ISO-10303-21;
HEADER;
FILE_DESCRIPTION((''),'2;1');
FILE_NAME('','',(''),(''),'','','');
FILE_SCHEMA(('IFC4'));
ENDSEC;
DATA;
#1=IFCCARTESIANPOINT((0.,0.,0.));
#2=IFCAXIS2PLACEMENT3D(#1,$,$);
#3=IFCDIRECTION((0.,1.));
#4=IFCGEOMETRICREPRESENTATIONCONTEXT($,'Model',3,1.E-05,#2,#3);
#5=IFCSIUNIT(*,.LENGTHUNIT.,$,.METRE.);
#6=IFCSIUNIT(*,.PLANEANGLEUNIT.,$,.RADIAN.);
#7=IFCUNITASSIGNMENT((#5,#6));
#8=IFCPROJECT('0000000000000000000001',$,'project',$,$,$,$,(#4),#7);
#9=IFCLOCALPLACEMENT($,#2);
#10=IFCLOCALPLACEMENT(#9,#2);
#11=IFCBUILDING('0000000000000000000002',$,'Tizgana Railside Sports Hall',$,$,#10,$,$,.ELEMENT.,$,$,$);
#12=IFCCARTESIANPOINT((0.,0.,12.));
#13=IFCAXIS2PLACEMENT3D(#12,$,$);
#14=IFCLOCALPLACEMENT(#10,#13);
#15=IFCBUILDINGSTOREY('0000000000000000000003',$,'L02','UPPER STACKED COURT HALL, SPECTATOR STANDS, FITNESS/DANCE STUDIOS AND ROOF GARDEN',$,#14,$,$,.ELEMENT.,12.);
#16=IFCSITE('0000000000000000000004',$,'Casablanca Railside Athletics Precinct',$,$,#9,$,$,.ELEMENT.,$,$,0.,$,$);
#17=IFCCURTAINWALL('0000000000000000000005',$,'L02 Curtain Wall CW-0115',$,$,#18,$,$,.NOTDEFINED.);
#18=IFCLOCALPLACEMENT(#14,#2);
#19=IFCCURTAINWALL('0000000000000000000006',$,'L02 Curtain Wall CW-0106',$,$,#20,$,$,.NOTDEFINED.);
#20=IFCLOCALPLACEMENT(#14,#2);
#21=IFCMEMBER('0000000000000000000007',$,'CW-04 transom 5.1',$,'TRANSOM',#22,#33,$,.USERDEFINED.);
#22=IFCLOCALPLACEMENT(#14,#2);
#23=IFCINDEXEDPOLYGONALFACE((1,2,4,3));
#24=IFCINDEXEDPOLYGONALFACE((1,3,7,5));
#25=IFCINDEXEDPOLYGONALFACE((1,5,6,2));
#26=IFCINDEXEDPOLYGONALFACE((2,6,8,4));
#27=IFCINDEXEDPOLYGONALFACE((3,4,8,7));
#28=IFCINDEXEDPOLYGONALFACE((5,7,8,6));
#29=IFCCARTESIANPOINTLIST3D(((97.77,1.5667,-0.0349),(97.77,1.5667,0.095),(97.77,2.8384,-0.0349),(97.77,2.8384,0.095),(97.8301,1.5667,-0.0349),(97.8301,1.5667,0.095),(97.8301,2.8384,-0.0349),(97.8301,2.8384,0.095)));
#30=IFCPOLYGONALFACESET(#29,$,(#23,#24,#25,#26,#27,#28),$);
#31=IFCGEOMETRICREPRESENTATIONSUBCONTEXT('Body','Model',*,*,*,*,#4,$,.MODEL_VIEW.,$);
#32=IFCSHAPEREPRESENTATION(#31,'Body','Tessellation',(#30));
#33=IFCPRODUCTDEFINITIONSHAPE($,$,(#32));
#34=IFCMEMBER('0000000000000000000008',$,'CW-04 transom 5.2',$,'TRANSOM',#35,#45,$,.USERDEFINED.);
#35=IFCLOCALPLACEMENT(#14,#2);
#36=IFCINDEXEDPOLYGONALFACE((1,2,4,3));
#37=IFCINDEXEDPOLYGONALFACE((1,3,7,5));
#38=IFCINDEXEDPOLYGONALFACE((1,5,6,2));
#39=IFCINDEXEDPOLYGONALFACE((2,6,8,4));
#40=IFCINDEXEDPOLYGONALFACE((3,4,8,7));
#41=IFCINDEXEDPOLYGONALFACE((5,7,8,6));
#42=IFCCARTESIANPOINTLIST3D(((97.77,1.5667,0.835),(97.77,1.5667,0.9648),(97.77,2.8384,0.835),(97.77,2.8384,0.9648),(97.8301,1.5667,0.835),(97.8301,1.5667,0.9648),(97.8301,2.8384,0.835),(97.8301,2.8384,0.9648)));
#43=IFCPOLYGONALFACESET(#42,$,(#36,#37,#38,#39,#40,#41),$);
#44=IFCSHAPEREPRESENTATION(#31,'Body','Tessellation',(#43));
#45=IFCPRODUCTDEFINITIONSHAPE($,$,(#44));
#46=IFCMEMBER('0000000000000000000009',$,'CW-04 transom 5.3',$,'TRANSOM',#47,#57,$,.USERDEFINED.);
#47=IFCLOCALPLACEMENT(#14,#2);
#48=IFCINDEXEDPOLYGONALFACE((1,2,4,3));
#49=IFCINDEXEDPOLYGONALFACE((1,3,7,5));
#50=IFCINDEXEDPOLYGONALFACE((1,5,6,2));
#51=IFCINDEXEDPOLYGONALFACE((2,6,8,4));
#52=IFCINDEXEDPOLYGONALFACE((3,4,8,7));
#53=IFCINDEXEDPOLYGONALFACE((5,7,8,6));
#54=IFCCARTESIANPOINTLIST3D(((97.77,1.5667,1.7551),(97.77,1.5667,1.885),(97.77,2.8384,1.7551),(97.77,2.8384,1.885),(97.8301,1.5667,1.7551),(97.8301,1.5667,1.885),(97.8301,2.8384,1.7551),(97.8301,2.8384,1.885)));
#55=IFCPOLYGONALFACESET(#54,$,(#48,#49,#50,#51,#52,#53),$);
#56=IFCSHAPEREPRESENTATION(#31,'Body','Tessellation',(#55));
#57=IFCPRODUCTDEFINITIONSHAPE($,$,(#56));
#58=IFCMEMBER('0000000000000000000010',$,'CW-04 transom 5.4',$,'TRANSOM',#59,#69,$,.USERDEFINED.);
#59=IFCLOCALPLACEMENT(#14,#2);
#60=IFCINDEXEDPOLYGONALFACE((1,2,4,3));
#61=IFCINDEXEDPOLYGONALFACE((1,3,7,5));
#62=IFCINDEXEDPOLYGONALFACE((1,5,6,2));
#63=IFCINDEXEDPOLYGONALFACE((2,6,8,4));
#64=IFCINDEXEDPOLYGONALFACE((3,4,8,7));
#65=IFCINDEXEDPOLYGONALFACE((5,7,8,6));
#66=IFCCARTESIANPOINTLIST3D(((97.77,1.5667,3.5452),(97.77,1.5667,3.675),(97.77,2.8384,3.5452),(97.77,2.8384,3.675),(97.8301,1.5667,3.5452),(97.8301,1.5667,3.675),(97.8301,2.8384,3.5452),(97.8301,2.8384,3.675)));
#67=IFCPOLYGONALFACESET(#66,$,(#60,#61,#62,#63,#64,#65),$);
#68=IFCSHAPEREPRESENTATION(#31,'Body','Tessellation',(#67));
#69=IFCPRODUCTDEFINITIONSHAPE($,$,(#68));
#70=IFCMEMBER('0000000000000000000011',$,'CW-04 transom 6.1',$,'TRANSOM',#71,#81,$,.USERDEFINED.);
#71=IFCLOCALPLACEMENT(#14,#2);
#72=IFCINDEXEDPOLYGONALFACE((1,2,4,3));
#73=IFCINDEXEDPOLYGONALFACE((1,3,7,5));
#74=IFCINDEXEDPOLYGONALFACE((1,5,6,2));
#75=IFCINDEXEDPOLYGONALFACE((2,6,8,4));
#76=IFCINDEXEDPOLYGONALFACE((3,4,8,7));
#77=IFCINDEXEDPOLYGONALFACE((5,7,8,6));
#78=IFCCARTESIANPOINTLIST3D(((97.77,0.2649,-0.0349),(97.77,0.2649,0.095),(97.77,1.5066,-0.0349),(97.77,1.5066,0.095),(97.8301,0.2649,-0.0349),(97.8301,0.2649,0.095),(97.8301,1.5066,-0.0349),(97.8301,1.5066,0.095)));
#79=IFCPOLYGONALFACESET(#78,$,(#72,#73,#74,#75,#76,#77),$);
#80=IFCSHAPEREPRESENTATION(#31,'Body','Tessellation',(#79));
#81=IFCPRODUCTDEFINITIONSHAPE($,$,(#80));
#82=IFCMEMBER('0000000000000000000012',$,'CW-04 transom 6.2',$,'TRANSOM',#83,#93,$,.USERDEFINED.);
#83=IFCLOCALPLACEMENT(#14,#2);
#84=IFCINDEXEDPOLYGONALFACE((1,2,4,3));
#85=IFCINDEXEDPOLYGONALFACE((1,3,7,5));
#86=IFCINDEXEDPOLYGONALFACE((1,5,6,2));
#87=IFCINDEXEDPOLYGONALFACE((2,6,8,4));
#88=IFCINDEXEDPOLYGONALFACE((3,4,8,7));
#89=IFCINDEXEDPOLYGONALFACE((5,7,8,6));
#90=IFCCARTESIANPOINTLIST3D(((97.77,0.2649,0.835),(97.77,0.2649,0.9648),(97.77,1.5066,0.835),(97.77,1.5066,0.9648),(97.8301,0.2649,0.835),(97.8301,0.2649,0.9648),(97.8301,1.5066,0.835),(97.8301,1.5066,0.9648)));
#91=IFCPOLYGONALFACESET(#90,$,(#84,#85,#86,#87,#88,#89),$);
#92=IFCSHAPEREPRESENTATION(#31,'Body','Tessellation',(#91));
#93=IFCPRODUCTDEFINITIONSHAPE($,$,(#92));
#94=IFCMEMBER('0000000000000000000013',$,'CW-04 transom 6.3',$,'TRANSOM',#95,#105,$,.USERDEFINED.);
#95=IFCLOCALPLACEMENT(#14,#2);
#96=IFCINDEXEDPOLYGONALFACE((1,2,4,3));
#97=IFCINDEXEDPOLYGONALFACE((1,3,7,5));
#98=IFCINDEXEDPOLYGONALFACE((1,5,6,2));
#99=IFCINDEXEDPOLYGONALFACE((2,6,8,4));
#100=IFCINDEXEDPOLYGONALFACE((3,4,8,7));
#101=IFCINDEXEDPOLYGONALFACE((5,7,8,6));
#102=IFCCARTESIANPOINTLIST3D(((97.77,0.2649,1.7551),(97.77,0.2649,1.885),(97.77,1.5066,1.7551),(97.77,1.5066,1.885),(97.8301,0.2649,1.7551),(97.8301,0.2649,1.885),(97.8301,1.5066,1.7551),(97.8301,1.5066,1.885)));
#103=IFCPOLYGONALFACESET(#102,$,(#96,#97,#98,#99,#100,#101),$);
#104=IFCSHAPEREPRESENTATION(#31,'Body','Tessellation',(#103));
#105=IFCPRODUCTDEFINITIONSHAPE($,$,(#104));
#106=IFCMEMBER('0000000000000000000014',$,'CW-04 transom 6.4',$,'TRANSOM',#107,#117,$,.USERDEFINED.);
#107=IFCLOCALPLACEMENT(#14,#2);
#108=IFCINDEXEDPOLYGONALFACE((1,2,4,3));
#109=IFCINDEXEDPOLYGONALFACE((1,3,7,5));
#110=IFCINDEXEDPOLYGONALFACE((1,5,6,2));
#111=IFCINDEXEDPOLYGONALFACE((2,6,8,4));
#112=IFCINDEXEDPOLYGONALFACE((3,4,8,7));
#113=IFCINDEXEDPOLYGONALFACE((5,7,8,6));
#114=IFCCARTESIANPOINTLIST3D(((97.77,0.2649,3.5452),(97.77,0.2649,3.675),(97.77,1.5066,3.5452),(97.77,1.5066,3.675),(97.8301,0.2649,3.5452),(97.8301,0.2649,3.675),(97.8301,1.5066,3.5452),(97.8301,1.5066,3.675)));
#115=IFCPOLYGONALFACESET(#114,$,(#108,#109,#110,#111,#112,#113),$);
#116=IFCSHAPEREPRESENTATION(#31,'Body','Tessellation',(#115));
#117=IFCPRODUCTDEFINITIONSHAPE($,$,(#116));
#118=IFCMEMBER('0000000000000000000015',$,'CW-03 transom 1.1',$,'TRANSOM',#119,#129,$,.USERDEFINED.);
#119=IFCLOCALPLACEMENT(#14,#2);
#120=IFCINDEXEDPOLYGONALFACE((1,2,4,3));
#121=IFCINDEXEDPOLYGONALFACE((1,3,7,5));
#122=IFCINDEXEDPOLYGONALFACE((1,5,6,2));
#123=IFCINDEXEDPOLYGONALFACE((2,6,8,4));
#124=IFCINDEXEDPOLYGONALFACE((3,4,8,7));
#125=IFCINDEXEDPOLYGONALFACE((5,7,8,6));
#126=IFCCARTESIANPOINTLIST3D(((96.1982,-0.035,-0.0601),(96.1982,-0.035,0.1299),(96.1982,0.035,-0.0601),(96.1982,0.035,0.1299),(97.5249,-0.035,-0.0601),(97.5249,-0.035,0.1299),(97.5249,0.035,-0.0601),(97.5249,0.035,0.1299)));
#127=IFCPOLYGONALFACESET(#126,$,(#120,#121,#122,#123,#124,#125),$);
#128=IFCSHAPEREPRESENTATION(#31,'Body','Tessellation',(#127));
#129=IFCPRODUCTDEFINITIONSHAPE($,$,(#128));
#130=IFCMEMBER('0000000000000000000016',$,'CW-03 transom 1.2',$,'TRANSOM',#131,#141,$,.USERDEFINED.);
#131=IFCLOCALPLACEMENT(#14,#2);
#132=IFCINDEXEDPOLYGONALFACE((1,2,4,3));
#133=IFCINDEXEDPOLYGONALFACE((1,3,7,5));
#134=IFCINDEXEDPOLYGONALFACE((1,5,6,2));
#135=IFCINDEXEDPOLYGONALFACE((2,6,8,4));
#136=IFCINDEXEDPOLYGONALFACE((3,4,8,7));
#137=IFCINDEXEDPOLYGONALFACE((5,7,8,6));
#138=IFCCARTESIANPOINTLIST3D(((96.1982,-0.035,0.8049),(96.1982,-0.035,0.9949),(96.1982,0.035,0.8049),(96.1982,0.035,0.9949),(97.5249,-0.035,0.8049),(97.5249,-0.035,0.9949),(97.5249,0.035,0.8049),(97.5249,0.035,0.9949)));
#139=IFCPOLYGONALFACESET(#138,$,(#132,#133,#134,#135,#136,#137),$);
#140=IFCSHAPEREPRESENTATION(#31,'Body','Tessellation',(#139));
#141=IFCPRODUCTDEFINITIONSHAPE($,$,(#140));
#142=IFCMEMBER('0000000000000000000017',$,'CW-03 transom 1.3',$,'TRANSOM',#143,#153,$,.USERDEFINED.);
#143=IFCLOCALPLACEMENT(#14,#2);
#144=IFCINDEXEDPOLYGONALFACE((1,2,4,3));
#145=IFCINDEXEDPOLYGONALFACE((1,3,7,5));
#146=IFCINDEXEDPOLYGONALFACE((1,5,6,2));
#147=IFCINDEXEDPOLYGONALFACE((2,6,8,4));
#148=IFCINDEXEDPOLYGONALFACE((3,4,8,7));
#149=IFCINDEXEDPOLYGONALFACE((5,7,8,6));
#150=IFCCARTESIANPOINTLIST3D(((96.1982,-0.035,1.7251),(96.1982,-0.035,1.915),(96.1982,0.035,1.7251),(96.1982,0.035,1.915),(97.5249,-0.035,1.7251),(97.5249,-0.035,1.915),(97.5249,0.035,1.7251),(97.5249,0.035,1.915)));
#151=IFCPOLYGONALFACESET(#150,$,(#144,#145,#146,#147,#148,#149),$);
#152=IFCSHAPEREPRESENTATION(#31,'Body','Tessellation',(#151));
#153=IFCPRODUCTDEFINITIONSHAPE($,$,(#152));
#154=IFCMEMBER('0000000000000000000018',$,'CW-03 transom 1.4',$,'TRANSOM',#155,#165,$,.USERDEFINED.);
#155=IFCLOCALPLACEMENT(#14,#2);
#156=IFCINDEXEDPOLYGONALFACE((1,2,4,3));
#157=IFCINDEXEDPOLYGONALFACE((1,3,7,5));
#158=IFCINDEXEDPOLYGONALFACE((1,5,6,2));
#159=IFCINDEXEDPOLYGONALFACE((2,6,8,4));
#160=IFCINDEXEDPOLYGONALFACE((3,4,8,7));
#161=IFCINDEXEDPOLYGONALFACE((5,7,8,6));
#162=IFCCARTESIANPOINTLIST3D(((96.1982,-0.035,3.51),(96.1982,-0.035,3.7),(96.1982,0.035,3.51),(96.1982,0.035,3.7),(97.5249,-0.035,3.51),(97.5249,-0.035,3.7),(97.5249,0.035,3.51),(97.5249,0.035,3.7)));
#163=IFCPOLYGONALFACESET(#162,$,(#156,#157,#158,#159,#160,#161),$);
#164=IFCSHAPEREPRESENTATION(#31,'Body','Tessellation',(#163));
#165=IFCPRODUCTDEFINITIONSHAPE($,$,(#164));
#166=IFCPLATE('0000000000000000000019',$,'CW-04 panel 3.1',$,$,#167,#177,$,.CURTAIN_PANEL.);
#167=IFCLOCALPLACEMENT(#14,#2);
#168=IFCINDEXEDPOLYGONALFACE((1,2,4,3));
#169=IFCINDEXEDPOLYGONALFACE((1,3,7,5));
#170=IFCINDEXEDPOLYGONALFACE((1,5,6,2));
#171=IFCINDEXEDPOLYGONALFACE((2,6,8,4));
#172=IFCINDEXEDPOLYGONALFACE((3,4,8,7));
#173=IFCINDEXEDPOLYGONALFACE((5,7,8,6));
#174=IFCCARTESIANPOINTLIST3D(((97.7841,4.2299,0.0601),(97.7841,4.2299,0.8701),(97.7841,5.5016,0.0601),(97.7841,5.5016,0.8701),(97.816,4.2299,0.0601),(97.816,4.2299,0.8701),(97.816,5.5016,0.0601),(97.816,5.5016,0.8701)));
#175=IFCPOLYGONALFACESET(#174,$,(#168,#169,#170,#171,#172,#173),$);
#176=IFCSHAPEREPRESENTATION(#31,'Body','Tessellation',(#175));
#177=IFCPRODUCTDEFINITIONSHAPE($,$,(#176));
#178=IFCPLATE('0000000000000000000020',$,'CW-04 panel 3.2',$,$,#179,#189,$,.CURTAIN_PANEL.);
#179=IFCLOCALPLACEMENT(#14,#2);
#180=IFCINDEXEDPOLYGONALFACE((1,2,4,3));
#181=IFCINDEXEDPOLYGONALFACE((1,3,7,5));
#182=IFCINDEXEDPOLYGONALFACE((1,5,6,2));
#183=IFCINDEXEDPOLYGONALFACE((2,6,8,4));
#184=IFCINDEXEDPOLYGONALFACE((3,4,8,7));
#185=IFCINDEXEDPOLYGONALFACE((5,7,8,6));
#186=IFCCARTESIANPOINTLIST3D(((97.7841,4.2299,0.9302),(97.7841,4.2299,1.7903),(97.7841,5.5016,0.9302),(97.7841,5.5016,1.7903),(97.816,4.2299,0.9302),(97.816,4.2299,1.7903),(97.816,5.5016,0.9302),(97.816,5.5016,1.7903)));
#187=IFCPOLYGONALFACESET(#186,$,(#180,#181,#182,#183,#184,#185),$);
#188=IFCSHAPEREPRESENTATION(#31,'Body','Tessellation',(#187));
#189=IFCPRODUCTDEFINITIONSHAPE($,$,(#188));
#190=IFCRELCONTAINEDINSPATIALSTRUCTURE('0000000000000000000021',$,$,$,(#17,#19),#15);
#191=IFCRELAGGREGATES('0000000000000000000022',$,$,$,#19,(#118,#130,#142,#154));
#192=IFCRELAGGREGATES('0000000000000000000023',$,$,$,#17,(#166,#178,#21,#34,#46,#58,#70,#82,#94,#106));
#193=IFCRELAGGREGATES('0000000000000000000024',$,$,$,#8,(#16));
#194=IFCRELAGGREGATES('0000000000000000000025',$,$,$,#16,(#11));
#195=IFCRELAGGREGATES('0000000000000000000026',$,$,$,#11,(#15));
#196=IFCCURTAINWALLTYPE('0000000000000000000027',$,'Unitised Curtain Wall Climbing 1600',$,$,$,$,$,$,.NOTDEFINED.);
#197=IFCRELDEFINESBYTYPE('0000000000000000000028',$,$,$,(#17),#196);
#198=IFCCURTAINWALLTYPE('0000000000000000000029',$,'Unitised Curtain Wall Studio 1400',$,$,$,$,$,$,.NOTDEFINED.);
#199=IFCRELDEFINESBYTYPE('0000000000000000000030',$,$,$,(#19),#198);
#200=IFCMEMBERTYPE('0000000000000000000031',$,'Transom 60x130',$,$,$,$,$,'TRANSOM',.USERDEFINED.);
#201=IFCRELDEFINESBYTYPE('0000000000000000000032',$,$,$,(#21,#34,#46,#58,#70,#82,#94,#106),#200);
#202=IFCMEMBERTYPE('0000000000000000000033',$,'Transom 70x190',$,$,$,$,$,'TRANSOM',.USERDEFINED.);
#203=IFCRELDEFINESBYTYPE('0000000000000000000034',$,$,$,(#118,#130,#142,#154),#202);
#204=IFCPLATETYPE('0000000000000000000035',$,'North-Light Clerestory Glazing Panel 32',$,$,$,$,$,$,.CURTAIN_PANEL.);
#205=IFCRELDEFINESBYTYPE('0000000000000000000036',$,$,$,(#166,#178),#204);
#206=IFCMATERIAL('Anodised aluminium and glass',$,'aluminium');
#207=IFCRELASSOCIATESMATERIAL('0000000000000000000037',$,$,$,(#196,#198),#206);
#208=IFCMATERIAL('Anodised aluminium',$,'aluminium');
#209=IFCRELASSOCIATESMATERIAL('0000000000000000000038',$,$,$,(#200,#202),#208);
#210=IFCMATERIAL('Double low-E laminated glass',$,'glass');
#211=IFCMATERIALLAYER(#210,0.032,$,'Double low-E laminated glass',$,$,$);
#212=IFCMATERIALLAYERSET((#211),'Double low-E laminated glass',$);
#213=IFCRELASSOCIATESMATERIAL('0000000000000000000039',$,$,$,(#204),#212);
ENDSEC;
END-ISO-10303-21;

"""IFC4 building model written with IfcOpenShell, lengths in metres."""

from ifc_helpers import new_model, si_unit, direction, frame, origin, origin_2d, place, context, subcontext, project, spatial, rectangle, extrude, material, layer, layer_set, material_profile, profile_set, type_object, element, aggregate, save


model = new_model("IFC4")

# Units and contexts
model_context = context("Model", 3, precision=1e-05, world=origin(), true_north=direction((0.0, 1.0)))
body_context = subcontext(model_context, "Body", "Model", "MODEL_VIEW")
ifc_project = project(units=[si_unit("LENGTHUNIT", "METRE"), si_unit("PLANEANGLEUNIT", "RADIAN")], contexts=[model_context])

# Site, building, storey
site_placement = place(None, origin())
site = spatial("IfcSite", under=ifc_project, at=site_placement, Name="Casablanca Railside Athletics Precinct", CompositionType="ELEMENT", RefElevation=0.0)
building_placement = place(site_placement, origin())
building = spatial("IfcBuilding", under=site, at=building_placement, Name="Tizgana Railside Sports Hall", CompositionType="ELEMENT")
storey_placement = place(building_placement, frame((0.0, 0.0, 12.0)))
storey = spatial("IfcBuildingStorey", under=building, at=storey_placement, Name="L02", Description="UPPER STACKED COURT HALL, SPECTATOR STANDS, FITNESS/DANCE STUDIOS AND ROOF GARDEN", CompositionType="ELEMENT", Elevation=12.0)

# Curtain wall
ifc_material_1 = material(Name="Anodised aluminium and glass", Category="aluminium")
curtain_wall_type_1 = type_object("IfcCurtainWallType", Name="Unitised Curtain Wall Climbing 1600", PredefinedType="NOTDEFINED", material=ifc_material_1)
curtain_wall_1_placement = place(storey_placement, origin())
curtain_wall_1 = element("IfcCurtainWall", 1, at=curtain_wall_1_placement, inside=storey, type_object=curtain_wall_type_1, Name="L02 Curtain Wall CW-0115", PredefinedType="NOTDEFINED")
ifc_material_2 = material(Name="Anodised aluminium", Category="aluminium")

# Curtain wall
curtain_wall_type_2 = type_object("IfcCurtainWallType", Name="Unitised Curtain Wall Studio 1400", PredefinedType="NOTDEFINED", material=ifc_material_1)
curtain_wall_2_placement = place(storey_placement, origin())
curtain_wall_2 = element("IfcCurtainWall", 2, at=curtain_wall_2_placement, inside=storey, type_object=curtain_wall_type_2, Name="L02 Curtain Wall CW-0106", PredefinedType="NOTDEFINED")

# Members
ifc_material_profile_1 = material_profile(ifc_material_2, rectangle(XDim=0.0601, YDim=0.1299, at=origin_2d()), Name="Transom 60x130")
ifc_profile_set_1 = profile_set([ifc_material_profile_1], Name="Anodised aluminium")
member_type_1 = type_object("IfcMemberType", Name="Transom 60x130", ElementType="TRANSOM", PredefinedType="USERDEFINED", material=ifc_profile_set_1)
member_1_placement = place(storey_placement, frame((97.8, 2.8384, 0.03), z_axis=(0.0, -1.0, 0.0), x_axis=(1.0, 0.0, 0.0)))
member_1 = element("IfcMember", 3, at=member_1_placement, type_object=member_type_1, Name="CW-04 transom 5.1", ObjectType="TRANSOM", PredefinedType="USERDEFINED", context=body_context, shape_type="SweptSolid", body=[
    extrude(rectangle(XDim=0.0601, YDim=0.1299, at=origin_2d()), origin(), (0.0, 0.0, 1.0), 1.2717),
])
member_2_placement = place(storey_placement, frame((97.8, 2.8384, 0.8999), z_axis=(0.0, -1.0, 0.0), x_axis=(1.0, 0.0, 0.0)))
member_2 = element("IfcMember", 4, at=member_2_placement, type_object=member_type_1, Name="CW-04 transom 5.2", ObjectType="TRANSOM", PredefinedType="USERDEFINED", context=body_context, shape_type="SweptSolid", body=[
    extrude(rectangle(XDim=0.0601, YDim=0.1299, at=origin_2d()), origin(), (0.0, 0.0, 1.0), 1.2717),
])
member_3_placement = place(storey_placement, frame((97.8, 2.8384, 1.8201), z_axis=(0.0, -1.0, 0.0), x_axis=(1.0, 0.0, 0.0)))
member_3 = element("IfcMember", 5, at=member_3_placement, type_object=member_type_1, Name="CW-04 transom 5.3", ObjectType="TRANSOM", PredefinedType="USERDEFINED", context=body_context, shape_type="SweptSolid", body=[
    extrude(rectangle(XDim=0.0601, YDim=0.1299, at=origin_2d()), origin(), (0.0, 0.0, 1.0), 1.2717),
])
member_4_placement = place(storey_placement, frame((97.8, 2.8384, 3.6101), z_axis=(0.0, -1.0, 0.0), x_axis=(1.0, 0.0, 0.0)))
member_4 = element("IfcMember", 6, at=member_4_placement, type_object=member_type_1, Name="CW-04 transom 5.4", ObjectType="TRANSOM", PredefinedType="USERDEFINED", context=body_context, shape_type="SweptSolid", body=[
    extrude(rectangle(XDim=0.0601, YDim=0.1299, at=origin_2d()), origin(), (0.0, 0.0, 1.0), 1.2717),
])
member_5_placement = place(storey_placement, frame((97.8, 1.5066, 0.03), z_axis=(0.0, -1.0, 0.0), x_axis=(1.0, 0.0, 0.0)))
member_5 = element("IfcMember", 7, at=member_5_placement, type_object=member_type_1, Name="CW-04 transom 6.1", ObjectType="TRANSOM", PredefinedType="USERDEFINED", context=body_context, shape_type="SweptSolid", body=[
    extrude(rectangle(XDim=0.0601, YDim=0.1299, at=origin_2d()), origin(), (0.0, 0.0, 1.0), 1.2417),
])
member_6_placement = place(storey_placement, frame((97.8, 1.5066, 0.8999), z_axis=(0.0, -1.0, 0.0), x_axis=(1.0, 0.0, 0.0)))
member_6 = element("IfcMember", 8, at=member_6_placement, type_object=member_type_1, Name="CW-04 transom 6.2", ObjectType="TRANSOM", PredefinedType="USERDEFINED", context=body_context, shape_type="SweptSolid", body=[
    extrude(rectangle(XDim=0.0601, YDim=0.1299, at=origin_2d()), origin(), (0.0, 0.0, 1.0), 1.2417),
])
member_7_placement = place(storey_placement, frame((97.8, 1.5066, 1.8201), z_axis=(0.0, -1.0, 0.0), x_axis=(1.0, 0.0, 0.0)))
member_7 = element("IfcMember", 9, at=member_7_placement, type_object=member_type_1, Name="CW-04 transom 6.3", ObjectType="TRANSOM", PredefinedType="USERDEFINED", context=body_context, shape_type="SweptSolid", body=[
    extrude(rectangle(XDim=0.0601, YDim=0.1299, at=origin_2d()), origin(), (0.0, 0.0, 1.0), 1.2417),
])
member_8_placement = place(storey_placement, frame((97.8, 1.5066, 3.6101), z_axis=(0.0, -1.0, 0.0), x_axis=(1.0, 0.0, 0.0)))
member_8 = element("IfcMember", 10, at=member_8_placement, type_object=member_type_1, Name="CW-04 transom 6.4", ObjectType="TRANSOM", PredefinedType="USERDEFINED", context=body_context, shape_type="SweptSolid", body=[
    extrude(rectangle(XDim=0.0601, YDim=0.1299, at=origin_2d()), origin(), (0.0, 0.0, 1.0), 1.2417),
])
ifc_material_profile_2 = material_profile(ifc_material_2, rectangle(XDim=0.0701, YDim=0.1899, at=origin_2d()), Name="Transom 70x190")
ifc_profile_set_2 = profile_set([ifc_material_profile_2], Name="Anodised aluminium")
member_type_2 = type_object("IfcMemberType", Name="Transom 70x190", ElementType="TRANSOM", PredefinedType="USERDEFINED", material=ifc_profile_set_2)
member_9_placement = place(storey_placement, frame((97.5249, 0.0, 0.0349), z_axis=(-1.0, 0.0, 0.0), x_axis=(0.0, -1.0, 0.0)))
member_9 = element("IfcMember", 11, at=member_9_placement, type_object=member_type_2, Name="CW-03 transom 1.1", ObjectType="TRANSOM", PredefinedType="USERDEFINED", context=body_context, shape_type="SweptSolid", body=[
    extrude(rectangle(XDim=0.0701, YDim=0.1899, at=origin_2d()), origin(), (0.0, 0.0, 1.0), 1.3267),
])
member_10_placement = place(storey_placement, frame((97.5249, 0.0, 0.8999), z_axis=(-1.0, 0.0, 0.0), x_axis=(0.0, -1.0, 0.0)))
member_10 = element("IfcMember", 12, at=member_10_placement, type_object=member_type_2, Name="CW-03 transom 1.2", ObjectType="TRANSOM", PredefinedType="USERDEFINED", context=body_context, shape_type="SweptSolid", body=[
    extrude(rectangle(XDim=0.0701, YDim=0.1899, at=origin_2d()), origin(), (0.0, 0.0, 1.0), 1.3267),
])
member_11_placement = place(storey_placement, frame((97.5249, 0.0, 1.8201), z_axis=(-1.0, 0.0, 0.0), x_axis=(0.0, -1.0, 0.0)))
member_11 = element("IfcMember", 13, at=member_11_placement, type_object=member_type_2, Name="CW-03 transom 1.3", ObjectType="TRANSOM", PredefinedType="USERDEFINED", context=body_context, shape_type="SweptSolid", body=[
    extrude(rectangle(XDim=0.0701, YDim=0.1899, at=origin_2d()), origin(), (0.0, 0.0, 1.0), 1.3267),
])
member_12_placement = place(storey_placement, frame((97.5249, 0.0, 3.605), z_axis=(-1.0, 0.0, 0.0), x_axis=(0.0, -1.0, 0.0)))
member_12 = element("IfcMember", 14, at=member_12_placement, type_object=member_type_2, Name="CW-03 transom 1.4", ObjectType="TRANSOM", PredefinedType="USERDEFINED", context=body_context, shape_type="SweptSolid", body=[
    extrude(rectangle(XDim=0.0701, YDim=0.1899, at=origin_2d()), origin(), (0.0, 0.0, 1.0), 1.3267),
])
aggregate(curtain_wall_2, [member_9, member_10, member_11, member_12])

# Plates
ifc_material_3 = material(Name="Double low-E laminated glass", Category="glass")
ifc_layer_1 = layer(ifc_material_3, 0.032, Name="Double low-E laminated glass")
ifc_layer_set_1 = layer_set([ifc_layer_1], Name="Double low-E laminated glass")
plate_type = type_object("IfcPlateType", Name="North-Light Clerestory Glazing Panel 32", PredefinedType="CURTAIN_PANEL", material=ifc_layer_set_1)
plate_1_placement = place(storey_placement, frame((97.8, 4.8657, 0.0601), z_axis=(0.0, 0.0, 1.0), x_axis=(0.0, -1.0, 0.0)))
plate_1 = element("IfcPlate", 15, at=plate_1_placement, type_object=plate_type, Name="CW-04 panel 3.1", PredefinedType="CURTAIN_PANEL", context=body_context, shape_type="SweptSolid", body=[
    extrude(rectangle(XDim=1.2717, YDim=0.032, at=origin_2d()), origin(), (0.0, 0.0, 1.0), 0.8101),
])
plate_2_placement = place(storey_placement, frame((97.8, 4.8657, 0.9302), z_axis=(0.0, 0.0, 1.0), x_axis=(0.0, -1.0, 0.0)))
plate_2 = element("IfcPlate", 16, at=plate_2_placement, type_object=plate_type, Name="CW-04 panel 3.2", PredefinedType="CURTAIN_PANEL", context=body_context, shape_type="SweptSolid", body=[
    extrude(rectangle(XDim=1.2717, YDim=0.032, at=origin_2d()), origin(), (0.0, 0.0, 1.0), 0.8601),
])
aggregate(curtain_wall_1, [plate_1, plate_2, member_1, member_2, member_3, member_4, member_5, member_6, member_7, member_8])

save(model, "model.ifc")
